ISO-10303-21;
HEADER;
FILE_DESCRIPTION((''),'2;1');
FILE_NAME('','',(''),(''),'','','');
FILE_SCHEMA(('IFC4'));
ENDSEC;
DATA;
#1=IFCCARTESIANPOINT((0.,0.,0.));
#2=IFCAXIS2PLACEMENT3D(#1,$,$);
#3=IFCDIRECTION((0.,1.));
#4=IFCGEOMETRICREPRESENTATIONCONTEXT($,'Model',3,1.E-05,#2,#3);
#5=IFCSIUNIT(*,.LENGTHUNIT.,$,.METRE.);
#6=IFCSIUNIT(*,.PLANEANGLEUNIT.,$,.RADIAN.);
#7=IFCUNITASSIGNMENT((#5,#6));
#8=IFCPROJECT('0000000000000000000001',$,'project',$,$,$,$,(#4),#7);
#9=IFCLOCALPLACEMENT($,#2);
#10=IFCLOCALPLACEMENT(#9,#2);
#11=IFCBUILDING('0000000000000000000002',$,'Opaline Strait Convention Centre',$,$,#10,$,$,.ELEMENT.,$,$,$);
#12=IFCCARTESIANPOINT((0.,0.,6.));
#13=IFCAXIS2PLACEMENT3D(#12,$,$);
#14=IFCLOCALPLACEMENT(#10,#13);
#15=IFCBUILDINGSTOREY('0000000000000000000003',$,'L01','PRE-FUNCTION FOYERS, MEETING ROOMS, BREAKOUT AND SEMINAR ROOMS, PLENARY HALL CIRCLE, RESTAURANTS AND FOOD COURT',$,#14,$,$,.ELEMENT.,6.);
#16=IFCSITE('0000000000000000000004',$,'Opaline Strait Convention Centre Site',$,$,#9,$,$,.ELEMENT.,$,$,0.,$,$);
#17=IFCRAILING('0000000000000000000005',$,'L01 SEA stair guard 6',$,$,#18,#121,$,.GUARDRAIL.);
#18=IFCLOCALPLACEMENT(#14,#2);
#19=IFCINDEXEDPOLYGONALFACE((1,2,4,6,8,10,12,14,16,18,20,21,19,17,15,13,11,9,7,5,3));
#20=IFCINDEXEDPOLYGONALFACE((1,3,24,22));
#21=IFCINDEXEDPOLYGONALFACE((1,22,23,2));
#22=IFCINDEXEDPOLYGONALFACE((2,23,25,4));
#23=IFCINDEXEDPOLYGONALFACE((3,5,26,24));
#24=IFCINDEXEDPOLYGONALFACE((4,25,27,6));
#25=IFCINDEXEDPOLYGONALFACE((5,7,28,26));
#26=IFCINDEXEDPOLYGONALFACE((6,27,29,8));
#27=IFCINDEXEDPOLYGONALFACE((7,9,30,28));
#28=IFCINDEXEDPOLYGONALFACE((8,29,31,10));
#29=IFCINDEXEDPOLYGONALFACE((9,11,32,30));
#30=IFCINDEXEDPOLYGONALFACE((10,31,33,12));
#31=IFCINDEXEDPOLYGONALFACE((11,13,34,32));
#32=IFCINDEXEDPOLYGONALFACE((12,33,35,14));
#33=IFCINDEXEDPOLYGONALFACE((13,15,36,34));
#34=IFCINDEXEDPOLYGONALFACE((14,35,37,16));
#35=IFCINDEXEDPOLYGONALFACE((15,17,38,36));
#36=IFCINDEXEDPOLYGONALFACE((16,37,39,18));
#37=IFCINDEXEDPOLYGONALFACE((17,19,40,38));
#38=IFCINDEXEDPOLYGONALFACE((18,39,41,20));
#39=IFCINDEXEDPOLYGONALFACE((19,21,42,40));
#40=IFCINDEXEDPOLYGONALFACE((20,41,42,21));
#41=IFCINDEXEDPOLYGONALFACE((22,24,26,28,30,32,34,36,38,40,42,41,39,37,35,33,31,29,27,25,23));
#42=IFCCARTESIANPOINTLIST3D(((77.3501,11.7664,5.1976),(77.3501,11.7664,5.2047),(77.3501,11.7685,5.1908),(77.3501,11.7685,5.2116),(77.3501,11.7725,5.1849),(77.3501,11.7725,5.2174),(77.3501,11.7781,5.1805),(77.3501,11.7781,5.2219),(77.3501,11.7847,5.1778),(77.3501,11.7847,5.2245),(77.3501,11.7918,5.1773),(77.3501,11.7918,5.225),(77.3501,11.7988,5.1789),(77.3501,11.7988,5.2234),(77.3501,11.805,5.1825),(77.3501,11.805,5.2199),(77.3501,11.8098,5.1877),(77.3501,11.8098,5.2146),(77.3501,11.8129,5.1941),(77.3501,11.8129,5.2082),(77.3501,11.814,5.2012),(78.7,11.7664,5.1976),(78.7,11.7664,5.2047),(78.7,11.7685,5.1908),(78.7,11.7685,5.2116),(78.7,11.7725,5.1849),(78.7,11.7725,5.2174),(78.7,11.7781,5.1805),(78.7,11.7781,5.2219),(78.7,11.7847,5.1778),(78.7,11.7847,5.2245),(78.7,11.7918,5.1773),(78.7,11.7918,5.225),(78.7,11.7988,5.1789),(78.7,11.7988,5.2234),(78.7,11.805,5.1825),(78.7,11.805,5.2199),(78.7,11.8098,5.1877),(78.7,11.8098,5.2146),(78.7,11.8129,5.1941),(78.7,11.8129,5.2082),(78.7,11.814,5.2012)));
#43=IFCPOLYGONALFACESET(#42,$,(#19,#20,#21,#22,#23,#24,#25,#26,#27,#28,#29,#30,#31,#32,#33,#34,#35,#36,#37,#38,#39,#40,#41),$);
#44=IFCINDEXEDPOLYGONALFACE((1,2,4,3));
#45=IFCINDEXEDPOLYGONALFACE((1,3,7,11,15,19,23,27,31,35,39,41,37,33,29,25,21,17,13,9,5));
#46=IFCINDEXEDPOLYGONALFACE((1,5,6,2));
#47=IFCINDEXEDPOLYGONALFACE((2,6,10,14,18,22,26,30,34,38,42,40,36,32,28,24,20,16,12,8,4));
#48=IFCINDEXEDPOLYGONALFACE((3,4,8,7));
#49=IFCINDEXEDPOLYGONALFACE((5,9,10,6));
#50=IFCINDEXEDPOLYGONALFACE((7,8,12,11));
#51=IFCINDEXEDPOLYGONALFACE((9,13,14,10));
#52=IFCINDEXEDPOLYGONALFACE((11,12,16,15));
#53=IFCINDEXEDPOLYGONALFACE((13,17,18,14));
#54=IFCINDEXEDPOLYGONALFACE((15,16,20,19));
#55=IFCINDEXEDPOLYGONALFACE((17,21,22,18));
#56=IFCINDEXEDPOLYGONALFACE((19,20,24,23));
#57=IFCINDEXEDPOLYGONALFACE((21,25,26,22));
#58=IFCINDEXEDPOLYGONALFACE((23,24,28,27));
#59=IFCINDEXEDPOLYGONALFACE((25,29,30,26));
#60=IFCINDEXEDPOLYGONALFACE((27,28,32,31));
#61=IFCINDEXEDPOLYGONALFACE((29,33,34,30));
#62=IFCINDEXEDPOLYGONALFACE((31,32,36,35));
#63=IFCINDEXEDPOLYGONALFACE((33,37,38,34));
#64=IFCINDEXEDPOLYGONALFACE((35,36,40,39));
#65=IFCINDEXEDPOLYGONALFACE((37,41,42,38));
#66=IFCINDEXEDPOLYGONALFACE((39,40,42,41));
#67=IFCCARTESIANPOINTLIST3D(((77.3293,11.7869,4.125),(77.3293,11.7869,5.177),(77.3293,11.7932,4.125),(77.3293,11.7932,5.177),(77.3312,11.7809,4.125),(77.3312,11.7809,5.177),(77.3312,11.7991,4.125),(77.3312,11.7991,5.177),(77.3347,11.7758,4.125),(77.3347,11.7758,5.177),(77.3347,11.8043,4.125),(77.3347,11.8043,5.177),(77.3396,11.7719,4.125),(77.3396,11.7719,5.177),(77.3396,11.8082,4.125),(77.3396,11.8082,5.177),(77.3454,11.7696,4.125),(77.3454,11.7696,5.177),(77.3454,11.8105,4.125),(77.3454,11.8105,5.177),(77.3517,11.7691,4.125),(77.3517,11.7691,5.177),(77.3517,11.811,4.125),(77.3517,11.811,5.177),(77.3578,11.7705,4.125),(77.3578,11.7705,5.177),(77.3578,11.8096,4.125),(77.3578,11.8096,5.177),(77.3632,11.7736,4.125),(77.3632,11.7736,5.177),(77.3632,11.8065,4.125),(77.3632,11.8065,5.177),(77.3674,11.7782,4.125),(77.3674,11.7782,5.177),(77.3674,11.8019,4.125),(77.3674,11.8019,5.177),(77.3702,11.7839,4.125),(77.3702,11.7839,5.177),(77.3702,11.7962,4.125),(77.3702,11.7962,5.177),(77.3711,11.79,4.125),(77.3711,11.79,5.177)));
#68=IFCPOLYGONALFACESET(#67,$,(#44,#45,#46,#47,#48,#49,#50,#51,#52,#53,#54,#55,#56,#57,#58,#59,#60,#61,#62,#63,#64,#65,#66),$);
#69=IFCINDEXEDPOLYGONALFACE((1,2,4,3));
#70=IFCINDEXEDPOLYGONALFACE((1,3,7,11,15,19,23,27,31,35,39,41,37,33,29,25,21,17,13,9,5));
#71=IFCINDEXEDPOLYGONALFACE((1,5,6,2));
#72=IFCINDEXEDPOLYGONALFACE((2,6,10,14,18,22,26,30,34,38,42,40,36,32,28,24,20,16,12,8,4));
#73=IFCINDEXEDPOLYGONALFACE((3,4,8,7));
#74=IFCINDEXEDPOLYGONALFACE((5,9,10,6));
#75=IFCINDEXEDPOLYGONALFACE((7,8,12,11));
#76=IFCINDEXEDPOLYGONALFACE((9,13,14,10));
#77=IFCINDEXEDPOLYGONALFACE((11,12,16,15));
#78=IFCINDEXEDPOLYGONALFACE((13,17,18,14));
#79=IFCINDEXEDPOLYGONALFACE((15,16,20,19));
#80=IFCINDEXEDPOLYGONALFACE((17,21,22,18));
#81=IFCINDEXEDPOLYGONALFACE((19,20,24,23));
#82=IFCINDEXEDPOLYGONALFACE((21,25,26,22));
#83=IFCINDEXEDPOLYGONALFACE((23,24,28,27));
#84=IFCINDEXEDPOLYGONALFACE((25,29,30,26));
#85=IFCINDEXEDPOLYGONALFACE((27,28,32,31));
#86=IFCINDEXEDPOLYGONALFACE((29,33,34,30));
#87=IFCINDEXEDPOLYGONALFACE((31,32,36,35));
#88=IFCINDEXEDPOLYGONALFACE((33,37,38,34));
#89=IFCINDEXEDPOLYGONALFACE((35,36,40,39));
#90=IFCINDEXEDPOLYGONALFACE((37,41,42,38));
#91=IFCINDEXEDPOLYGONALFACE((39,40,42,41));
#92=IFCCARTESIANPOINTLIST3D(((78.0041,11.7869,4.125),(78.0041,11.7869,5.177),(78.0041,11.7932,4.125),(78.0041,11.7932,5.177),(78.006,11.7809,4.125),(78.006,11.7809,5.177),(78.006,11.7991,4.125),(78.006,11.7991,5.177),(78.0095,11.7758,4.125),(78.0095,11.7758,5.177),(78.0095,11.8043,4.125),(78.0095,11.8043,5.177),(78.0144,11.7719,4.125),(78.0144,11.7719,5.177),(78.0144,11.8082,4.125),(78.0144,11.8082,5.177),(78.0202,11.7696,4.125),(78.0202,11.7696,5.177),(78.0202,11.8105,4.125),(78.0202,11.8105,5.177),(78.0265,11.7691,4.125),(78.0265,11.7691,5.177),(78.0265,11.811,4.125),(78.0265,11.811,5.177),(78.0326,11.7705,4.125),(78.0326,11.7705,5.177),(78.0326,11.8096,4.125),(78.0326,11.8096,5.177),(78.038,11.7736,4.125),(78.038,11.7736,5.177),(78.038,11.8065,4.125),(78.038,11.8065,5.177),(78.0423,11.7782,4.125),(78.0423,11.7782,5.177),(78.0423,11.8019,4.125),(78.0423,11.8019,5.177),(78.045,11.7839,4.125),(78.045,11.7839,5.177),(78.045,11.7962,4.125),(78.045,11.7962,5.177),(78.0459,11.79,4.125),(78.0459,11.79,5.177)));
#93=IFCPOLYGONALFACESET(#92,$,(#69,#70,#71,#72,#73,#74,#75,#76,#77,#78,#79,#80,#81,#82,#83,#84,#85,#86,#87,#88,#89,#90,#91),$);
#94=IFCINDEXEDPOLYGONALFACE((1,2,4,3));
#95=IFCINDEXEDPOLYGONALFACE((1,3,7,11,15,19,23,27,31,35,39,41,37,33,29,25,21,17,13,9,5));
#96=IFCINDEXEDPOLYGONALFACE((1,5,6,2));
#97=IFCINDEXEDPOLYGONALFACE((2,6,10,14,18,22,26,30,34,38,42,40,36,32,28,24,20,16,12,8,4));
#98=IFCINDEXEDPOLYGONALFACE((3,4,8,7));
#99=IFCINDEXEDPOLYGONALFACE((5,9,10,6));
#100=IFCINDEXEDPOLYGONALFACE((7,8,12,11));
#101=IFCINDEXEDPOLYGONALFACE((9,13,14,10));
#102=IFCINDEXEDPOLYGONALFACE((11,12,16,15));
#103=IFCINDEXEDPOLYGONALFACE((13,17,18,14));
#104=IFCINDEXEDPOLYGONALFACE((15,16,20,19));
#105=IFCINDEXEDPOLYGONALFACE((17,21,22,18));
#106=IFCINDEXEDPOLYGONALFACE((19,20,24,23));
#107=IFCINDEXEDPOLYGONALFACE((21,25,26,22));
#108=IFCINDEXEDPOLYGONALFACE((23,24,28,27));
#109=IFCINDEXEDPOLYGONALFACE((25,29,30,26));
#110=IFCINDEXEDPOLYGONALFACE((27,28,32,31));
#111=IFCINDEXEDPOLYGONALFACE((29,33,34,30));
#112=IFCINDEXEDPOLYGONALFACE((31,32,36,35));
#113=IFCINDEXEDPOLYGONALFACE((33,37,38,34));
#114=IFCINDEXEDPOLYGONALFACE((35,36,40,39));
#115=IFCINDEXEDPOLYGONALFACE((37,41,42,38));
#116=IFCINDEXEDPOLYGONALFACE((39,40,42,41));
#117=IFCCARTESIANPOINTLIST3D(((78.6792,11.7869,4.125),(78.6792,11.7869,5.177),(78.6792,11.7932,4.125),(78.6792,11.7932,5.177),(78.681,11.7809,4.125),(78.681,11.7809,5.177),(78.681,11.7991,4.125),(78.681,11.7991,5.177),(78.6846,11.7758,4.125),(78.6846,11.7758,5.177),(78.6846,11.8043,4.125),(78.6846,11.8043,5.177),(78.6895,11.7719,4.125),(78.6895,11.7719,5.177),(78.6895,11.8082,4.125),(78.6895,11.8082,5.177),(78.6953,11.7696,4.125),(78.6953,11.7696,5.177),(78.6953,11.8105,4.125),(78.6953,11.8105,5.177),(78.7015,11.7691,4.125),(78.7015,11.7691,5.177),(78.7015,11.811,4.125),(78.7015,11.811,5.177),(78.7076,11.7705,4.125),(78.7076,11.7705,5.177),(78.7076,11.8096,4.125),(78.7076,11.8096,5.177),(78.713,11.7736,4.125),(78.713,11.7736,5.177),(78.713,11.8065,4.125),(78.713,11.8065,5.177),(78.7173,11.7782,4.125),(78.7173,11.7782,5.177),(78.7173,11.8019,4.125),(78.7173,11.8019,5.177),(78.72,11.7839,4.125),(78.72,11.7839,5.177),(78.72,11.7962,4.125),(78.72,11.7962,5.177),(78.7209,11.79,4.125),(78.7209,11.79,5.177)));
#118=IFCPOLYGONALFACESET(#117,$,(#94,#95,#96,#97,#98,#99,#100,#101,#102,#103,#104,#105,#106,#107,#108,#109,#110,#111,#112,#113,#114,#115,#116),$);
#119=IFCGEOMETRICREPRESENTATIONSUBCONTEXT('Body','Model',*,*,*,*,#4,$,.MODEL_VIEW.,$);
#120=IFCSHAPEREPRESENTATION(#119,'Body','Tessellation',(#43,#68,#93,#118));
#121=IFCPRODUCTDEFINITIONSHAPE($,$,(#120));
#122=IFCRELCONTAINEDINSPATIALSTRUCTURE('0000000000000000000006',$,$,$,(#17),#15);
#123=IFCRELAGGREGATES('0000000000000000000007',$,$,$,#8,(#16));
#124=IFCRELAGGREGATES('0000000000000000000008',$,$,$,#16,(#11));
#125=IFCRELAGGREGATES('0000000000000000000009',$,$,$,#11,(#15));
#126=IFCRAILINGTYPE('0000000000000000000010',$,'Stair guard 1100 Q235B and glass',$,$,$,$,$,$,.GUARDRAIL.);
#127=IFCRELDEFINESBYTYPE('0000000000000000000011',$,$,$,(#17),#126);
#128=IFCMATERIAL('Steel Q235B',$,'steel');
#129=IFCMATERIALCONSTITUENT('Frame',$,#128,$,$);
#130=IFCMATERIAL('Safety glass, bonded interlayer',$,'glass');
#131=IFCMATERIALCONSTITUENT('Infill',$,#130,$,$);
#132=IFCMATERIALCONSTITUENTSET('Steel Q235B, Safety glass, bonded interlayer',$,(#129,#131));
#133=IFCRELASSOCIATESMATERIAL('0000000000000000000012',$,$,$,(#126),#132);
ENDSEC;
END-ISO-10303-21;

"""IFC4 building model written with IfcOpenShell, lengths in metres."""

from ifc_helpers import new_model, si_unit, direction, frame, origin, origin_2d, place, context, subcontext, project, spatial, circle, extrude, material, constituent, constituent_set, type_object, element, save


model = new_model("IFC4")

# Units and contexts
model_context = context("Model", 3, precision=1e-05, world=origin(), true_north=direction((0.0, 1.0)))
body_context = subcontext(model_context, "Body", "Model", "MODEL_VIEW")
ifc_project = project(units=[si_unit("LENGTHUNIT", "METRE"), si_unit("PLANEANGLEUNIT", "RADIAN")], contexts=[model_context])

# Site, building, storey
site_placement = place(None, origin())
site = spatial("IfcSite", under=ifc_project, at=site_placement, Name="Opaline Strait Convention Centre Site", CompositionType="ELEMENT", RefElevation=0.0)
building_placement = place(site_placement, origin())
building = spatial("IfcBuilding", under=site, at=building_placement, Name="Opaline Strait Convention Centre", CompositionType="ELEMENT")
storey_placement = place(building_placement, frame((0.0, 0.0, 6.0)))
storey = spatial("IfcBuildingStorey", under=building, at=storey_placement, Name="L01", Description="PRE-FUNCTION FOYERS, MEETING ROOMS, BREAKOUT AND SEMINAR ROOMS, PLENARY HALL CIRCLE, RESTAURANTS AND FOOD COURT", CompositionType="ELEMENT", Elevation=6.0)

# Railing
ifc_material_1 = material(Name="Steel Q235B", Category="steel")
ifc_constituent_1 = constituent(ifc_material_1, Name="Frame")
ifc_material_2 = material(Name="Safety glass, bonded interlayer", Category="glass")
ifc_constituent_2 = constituent(ifc_material_2, Name="Infill")
ifc_constituent_set = constituent_set(constituents=[ifc_constituent_1, ifc_constituent_2], Name="Steel Q235B, Safety glass, bonded interlayer")
railing_type_1 = type_object("IfcRailingType", Name="Stair guard 1100 Q235B and glass", PredefinedType="GUARDRAIL", material=ifc_constituent_set)
railing_1_placement = place(storey_placement, frame((77.3501, 11.79, 4.125)))
element("IfcRailing", 1, at=railing_1_placement, inside=storey, type_object=railing_type_1, Name="L01 SEA stair guard 6", PredefinedType="GUARDRAIL", context=body_context, shape_type="SweptSolid", body=[
    extrude(circle(Radius=0.0239, at=origin_2d()), frame((0.0, 0.0, 1.0762), z_axis=(1.0, 0.0, 0.0), x_axis=(0.0, 1.0, 0.0)), (0.0, 0.0, 1.0), 1.3499),
    extrude(circle(Radius=0.021, at=origin_2d()), origin(), (0.0, 0.0, 1.0), 1.052),
    extrude(circle(Radius=0.021, at=origin_2d()), frame((0.6748, 0.0, 0.0)), (0.0, 0.0, 1.0), 1.052),
    extrude(circle(Radius=0.021, at=origin_2d()), frame((1.3499, 0.0, 0.0)), (0.0, 0.0, 1.0), 1.052),
])

save(model, "model.ifc")
